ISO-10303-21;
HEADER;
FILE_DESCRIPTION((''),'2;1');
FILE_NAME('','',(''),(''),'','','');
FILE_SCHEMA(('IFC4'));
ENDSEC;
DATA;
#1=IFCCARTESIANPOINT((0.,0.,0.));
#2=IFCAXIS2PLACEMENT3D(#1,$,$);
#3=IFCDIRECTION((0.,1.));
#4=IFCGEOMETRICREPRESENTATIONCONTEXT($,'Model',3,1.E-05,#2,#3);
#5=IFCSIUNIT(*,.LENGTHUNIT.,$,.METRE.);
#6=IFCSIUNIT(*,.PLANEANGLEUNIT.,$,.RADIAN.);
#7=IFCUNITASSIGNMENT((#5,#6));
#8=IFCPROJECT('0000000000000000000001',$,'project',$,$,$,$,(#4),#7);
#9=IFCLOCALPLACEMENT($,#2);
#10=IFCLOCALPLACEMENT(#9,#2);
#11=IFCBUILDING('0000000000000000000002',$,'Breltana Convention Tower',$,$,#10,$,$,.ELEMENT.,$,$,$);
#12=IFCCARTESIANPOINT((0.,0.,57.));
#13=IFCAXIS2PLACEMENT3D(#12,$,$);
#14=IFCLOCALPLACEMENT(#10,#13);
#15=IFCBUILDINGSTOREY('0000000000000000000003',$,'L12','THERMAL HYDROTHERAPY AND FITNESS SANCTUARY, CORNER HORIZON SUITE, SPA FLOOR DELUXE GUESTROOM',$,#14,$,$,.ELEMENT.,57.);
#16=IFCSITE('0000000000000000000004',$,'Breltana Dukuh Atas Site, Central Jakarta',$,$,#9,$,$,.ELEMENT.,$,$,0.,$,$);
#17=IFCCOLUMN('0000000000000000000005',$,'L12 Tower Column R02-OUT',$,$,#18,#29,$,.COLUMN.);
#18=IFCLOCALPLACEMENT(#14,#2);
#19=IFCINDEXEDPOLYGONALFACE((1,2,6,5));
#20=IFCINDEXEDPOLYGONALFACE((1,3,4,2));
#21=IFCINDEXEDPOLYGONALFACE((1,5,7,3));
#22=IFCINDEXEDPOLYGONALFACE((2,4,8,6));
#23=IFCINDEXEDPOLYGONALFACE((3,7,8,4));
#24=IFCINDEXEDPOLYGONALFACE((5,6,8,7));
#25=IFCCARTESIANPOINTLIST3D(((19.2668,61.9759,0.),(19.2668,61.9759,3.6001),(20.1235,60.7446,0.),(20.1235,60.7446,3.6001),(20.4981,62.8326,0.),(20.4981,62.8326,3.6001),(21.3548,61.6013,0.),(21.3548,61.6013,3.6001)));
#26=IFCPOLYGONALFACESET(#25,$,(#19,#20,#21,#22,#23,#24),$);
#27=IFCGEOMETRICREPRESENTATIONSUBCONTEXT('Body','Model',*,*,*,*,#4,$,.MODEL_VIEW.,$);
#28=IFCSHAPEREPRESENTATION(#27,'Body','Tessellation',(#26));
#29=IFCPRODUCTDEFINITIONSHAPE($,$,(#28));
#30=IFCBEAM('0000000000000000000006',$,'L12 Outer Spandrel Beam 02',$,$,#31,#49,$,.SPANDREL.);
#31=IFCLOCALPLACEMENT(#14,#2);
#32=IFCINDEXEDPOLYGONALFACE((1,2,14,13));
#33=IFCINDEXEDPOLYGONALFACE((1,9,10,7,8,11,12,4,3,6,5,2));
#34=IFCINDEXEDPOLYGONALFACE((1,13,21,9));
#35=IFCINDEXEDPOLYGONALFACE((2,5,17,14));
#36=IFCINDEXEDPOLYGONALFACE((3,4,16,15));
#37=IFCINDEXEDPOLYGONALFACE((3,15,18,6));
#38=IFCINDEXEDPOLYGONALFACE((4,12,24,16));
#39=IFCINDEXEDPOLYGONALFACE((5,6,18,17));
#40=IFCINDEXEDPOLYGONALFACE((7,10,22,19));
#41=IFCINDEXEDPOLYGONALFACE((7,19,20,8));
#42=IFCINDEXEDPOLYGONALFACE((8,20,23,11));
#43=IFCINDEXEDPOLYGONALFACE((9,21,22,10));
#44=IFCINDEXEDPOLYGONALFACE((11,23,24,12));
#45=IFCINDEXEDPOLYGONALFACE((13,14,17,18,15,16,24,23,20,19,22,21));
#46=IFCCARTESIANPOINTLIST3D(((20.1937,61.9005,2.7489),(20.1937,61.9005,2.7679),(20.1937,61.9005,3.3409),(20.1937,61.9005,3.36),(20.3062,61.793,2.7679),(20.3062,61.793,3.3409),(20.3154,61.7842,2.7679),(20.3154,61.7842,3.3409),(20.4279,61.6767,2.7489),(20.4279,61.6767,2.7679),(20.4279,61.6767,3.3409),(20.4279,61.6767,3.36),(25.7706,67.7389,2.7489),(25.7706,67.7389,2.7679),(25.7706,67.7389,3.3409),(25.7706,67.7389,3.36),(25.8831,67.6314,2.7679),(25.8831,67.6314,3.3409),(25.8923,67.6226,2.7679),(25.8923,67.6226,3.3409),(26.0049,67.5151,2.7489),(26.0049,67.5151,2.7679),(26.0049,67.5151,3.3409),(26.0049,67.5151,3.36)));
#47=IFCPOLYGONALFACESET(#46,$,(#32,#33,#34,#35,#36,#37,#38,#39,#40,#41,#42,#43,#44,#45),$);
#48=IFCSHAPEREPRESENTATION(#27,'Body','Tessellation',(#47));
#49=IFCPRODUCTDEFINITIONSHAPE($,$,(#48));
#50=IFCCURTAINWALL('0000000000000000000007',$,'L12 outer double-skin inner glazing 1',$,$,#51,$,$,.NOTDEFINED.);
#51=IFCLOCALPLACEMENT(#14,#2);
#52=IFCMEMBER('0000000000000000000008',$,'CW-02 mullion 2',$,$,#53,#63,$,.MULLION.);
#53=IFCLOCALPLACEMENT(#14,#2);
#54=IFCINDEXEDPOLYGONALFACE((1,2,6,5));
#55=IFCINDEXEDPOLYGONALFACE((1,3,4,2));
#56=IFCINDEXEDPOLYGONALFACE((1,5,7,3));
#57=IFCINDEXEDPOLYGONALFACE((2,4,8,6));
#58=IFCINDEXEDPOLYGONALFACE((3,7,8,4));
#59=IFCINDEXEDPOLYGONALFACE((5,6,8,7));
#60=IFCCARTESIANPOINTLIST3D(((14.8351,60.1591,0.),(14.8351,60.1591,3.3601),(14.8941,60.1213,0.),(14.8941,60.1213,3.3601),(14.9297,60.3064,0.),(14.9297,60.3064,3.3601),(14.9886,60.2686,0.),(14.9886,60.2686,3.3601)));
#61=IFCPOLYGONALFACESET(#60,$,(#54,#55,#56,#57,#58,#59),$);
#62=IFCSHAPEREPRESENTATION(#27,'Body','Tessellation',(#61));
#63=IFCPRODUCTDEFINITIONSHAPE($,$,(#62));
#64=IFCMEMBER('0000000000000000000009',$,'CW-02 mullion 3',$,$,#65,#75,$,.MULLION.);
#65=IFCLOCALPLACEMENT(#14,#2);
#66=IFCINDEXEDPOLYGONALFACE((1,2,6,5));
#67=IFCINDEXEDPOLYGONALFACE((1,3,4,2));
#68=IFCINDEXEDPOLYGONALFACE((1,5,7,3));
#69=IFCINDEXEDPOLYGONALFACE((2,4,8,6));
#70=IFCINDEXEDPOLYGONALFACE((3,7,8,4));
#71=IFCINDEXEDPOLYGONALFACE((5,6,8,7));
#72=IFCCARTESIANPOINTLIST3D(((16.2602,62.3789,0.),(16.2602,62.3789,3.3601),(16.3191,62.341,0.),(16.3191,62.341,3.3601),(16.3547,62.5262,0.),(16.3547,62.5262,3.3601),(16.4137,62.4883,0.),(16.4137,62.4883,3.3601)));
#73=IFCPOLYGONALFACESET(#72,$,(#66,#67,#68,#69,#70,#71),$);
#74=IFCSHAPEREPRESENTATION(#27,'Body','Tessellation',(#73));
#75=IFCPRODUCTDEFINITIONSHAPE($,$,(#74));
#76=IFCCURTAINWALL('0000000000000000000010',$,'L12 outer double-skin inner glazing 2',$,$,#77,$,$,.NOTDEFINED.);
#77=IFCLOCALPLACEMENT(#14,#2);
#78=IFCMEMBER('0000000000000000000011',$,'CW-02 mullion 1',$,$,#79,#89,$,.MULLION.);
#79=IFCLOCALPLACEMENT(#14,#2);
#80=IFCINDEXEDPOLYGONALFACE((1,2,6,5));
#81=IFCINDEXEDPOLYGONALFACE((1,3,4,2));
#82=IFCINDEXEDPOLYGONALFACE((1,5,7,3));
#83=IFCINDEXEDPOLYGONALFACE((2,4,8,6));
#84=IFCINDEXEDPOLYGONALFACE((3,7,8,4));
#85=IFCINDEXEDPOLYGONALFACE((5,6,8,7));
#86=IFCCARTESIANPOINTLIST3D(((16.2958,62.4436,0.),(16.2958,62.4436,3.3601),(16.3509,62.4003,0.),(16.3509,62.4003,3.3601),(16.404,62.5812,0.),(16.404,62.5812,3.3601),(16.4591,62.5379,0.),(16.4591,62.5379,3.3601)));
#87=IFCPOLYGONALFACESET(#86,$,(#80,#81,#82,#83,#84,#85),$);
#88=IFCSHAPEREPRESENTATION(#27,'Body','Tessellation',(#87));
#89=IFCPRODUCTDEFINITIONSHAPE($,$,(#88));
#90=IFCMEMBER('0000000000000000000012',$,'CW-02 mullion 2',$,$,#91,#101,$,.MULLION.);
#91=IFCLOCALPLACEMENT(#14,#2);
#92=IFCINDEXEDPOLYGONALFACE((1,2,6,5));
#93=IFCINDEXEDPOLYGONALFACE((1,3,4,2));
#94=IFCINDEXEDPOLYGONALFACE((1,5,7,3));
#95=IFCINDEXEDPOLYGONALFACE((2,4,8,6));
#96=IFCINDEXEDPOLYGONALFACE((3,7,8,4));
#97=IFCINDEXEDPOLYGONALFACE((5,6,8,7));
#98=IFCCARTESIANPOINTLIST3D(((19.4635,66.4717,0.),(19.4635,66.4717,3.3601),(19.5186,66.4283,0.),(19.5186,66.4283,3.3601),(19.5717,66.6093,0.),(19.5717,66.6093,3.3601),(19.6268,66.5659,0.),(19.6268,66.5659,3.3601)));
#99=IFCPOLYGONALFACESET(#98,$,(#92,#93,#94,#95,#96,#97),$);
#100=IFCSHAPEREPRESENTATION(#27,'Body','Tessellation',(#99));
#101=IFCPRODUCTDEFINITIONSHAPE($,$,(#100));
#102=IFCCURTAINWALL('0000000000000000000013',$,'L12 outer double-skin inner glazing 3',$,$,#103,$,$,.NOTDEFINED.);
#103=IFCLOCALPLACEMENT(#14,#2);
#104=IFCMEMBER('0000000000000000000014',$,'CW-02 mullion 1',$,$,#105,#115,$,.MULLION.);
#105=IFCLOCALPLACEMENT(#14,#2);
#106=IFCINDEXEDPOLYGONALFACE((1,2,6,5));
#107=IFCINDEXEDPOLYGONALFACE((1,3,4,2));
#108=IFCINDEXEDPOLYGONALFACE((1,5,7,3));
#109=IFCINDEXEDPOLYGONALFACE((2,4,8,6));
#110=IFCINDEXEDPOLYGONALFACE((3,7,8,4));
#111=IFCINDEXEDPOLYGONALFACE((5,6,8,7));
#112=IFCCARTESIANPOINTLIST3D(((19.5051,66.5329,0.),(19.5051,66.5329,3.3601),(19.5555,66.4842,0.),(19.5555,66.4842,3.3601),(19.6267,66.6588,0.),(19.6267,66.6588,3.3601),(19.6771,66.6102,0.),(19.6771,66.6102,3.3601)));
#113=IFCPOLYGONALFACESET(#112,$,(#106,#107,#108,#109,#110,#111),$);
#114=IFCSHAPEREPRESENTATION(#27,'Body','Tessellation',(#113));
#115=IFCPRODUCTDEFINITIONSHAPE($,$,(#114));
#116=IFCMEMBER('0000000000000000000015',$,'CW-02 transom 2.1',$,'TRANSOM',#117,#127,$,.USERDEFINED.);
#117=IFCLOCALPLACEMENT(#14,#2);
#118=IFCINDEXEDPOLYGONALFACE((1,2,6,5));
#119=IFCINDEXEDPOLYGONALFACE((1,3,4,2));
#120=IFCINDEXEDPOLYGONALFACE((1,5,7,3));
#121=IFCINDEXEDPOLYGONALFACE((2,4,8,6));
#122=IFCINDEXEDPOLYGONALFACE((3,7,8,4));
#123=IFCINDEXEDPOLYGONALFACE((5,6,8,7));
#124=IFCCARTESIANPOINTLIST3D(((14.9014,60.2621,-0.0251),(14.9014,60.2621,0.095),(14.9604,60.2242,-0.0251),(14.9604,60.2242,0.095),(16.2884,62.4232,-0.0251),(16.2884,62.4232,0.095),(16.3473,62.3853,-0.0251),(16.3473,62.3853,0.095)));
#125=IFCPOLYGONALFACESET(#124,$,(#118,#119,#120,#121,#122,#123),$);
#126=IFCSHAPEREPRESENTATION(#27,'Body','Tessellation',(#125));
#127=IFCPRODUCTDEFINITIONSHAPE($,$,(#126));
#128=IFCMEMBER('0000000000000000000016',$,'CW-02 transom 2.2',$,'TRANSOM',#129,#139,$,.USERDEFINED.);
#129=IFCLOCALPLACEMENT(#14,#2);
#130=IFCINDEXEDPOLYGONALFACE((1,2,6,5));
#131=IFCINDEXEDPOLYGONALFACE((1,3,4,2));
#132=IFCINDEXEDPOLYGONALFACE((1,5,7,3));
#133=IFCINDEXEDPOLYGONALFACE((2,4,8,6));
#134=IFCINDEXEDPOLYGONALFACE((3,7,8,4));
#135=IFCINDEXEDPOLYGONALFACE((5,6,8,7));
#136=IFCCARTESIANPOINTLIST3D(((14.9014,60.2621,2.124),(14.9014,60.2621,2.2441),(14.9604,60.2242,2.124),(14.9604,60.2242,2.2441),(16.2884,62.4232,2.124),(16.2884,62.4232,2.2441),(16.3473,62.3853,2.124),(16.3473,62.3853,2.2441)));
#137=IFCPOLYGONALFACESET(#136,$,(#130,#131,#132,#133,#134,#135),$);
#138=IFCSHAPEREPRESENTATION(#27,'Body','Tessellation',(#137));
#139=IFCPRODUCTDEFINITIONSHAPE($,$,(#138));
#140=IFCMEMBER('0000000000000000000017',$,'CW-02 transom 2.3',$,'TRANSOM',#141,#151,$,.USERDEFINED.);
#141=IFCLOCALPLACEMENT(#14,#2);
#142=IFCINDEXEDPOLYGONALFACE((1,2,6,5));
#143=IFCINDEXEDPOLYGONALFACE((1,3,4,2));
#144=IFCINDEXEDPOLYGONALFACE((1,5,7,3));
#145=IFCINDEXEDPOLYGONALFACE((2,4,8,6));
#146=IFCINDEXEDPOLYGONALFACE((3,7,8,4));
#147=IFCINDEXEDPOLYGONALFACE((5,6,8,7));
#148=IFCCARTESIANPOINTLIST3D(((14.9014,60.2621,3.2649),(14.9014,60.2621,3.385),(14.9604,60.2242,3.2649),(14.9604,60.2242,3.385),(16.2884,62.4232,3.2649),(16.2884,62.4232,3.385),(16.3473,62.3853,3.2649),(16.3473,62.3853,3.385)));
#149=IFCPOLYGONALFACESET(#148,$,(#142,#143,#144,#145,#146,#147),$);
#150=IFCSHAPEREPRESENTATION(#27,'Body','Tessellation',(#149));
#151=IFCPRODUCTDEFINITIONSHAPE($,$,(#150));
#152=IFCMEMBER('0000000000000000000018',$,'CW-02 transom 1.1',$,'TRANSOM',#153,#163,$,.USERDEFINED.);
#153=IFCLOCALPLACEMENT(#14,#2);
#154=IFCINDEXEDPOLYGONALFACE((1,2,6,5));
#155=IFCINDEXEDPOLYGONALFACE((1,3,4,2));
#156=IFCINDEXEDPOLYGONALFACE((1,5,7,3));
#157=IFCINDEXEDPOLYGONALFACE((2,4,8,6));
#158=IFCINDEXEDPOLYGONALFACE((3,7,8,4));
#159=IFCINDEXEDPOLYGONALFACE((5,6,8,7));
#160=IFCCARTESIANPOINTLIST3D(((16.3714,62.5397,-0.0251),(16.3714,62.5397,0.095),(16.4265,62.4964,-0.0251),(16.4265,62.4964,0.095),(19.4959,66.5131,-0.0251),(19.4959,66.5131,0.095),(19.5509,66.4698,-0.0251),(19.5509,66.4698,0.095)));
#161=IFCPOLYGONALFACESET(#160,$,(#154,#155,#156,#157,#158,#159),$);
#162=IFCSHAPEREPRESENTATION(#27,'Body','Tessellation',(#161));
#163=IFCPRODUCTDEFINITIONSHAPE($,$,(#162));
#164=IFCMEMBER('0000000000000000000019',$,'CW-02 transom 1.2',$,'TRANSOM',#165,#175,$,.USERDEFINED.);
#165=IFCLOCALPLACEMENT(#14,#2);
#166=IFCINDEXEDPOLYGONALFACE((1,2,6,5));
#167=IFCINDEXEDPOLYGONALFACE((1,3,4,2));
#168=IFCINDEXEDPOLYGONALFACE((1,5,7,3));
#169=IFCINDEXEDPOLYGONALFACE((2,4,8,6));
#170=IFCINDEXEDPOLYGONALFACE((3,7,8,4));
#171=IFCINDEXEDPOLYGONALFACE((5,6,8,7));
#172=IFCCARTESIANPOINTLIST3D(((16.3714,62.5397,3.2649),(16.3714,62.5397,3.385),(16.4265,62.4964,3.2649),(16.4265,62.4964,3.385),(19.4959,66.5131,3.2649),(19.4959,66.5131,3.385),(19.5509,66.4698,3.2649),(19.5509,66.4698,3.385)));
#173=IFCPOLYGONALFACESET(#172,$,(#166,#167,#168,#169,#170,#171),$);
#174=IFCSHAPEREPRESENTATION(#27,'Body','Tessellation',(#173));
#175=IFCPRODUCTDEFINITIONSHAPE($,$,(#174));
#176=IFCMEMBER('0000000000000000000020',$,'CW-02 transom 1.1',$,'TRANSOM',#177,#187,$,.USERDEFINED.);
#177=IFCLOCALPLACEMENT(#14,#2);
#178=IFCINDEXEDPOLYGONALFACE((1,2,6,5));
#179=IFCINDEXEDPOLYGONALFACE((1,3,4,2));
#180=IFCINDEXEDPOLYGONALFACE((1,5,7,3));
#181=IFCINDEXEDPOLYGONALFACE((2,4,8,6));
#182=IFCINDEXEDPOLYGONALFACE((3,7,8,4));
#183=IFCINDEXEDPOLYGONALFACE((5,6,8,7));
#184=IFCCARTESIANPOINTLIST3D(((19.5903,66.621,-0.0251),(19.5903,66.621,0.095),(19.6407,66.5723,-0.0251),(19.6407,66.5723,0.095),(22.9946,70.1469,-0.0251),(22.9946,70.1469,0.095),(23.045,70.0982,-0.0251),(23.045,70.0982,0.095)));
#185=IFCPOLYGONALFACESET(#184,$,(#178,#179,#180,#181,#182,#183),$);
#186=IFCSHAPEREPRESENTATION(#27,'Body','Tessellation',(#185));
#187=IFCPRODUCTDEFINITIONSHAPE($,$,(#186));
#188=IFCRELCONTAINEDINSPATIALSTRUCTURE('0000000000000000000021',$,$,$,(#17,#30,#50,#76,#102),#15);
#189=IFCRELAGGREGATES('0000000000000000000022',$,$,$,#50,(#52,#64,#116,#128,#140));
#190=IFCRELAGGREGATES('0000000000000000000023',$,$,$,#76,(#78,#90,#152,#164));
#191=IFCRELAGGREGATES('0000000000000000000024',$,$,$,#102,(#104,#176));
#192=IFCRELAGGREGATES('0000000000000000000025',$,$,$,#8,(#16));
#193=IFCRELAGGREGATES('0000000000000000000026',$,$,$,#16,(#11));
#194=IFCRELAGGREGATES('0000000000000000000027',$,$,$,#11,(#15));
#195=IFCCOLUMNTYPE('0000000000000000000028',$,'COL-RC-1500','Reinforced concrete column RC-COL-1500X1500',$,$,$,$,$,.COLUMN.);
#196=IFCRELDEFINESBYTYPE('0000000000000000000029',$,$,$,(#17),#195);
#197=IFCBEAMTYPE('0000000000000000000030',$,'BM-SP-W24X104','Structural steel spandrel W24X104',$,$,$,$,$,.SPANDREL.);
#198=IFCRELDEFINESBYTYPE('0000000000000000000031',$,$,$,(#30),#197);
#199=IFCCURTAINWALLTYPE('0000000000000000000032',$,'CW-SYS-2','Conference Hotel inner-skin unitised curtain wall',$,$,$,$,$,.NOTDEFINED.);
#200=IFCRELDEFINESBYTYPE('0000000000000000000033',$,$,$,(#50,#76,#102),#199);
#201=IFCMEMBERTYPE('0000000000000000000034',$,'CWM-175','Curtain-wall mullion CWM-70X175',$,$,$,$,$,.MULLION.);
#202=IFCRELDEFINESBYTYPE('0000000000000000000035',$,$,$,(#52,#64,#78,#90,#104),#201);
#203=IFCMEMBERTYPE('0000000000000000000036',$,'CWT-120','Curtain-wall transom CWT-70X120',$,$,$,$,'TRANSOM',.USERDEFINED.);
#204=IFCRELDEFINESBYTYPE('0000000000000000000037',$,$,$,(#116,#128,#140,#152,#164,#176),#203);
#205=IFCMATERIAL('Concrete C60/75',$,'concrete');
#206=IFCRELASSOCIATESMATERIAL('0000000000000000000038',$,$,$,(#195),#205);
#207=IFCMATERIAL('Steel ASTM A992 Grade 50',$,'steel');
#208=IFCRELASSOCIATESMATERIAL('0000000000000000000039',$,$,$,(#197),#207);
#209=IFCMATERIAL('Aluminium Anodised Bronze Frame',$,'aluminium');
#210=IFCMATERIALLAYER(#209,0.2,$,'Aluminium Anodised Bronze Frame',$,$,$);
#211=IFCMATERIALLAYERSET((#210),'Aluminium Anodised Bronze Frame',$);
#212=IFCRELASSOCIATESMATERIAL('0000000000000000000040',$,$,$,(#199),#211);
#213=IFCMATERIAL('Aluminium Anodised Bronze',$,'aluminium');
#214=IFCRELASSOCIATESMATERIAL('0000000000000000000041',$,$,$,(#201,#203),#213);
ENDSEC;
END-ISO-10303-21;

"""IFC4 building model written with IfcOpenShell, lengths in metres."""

from ifc_helpers import new_model, si_unit, direction, frame, origin, origin_2d, place, context, subcontext, project, spatial, rectangle, i_section, extrude, source, transform, mapped, material, layer, layer_set, material_profile, profile_set, type_object, type_shapes, element, aggregate, save


model = new_model("IFC4")

# Units and contexts
model_context = context("Model", 3, precision=1e-05, world=origin(), true_north=direction((0.0, 1.0)))
body_context = subcontext(model_context, "Body", "Model", "MODEL_VIEW")
ifc_project = project(units=[si_unit("LENGTHUNIT", "METRE"), si_unit("PLANEANGLEUNIT", "RADIAN")], contexts=[model_context])

# Site, building, storey
site_placement = place(None, origin())
site = spatial("IfcSite", under=ifc_project, at=site_placement, Name="Breltana Dukuh Atas Site, Central Jakarta", CompositionType="ELEMENT", RefElevation=0.0)
building_placement = place(site_placement, origin())
building = spatial("IfcBuilding", under=site, at=building_placement, Name="Breltana Convention Tower", CompositionType="ELEMENT")
storey_placement = place(building_placement, frame((0.0, 0.0, 57.0)))
storey = spatial("IfcBuildingStorey", under=building, at=storey_placement, Name="L12", Description="THERMAL HYDROTHERAPY AND FITNESS SANCTUARY, CORNER HORIZON SUITE, SPA FLOOR DELUXE GUESTROOM", CompositionType="ELEMENT", Elevation=57.0)

# Column
ifc_material_1 = material(Name="Concrete C60/75", Category="concrete")
ifc_material_profile_1 = material_profile(ifc_material_1, rectangle(XDim=1.5, YDim=1.5, at=origin_2d()), Name="RC-COL-1500X1500")
ifc_profile_set_1 = profile_set([ifc_material_profile_1], Name="Concrete C60/75")
column_type = type_object("IfcColumnType", Name="COL-RC-1500", Description="Reinforced concrete column RC-COL-1500X1500", PredefinedType="COLUMN", material=ifc_profile_set_1)
shared_shape_1 = source(origin(), body_context, "Body", "SweptSolid", [
    extrude(rectangle(XDim=1.5, YDim=1.5, at=origin_2d()), origin(), (0.0, 0.0, 1.0), 3.6001),
])
column_placement = place(storey_placement, frame((20.3108, 61.7886, 0.0), z_axis=(0.0, 0.0, 1.0), x_axis=(-0.571143, 0.82085, 0.0)))
element("IfcColumn", 1, at=column_placement, inside=storey, type_object=column_type, Name="L12 Tower Column R02-OUT", PredefinedType="COLUMN", context=body_context, shape_type="MappedRepresentation", body=[
    mapped(shared_shape_1, transform((0.0, 0.0, 0.0), scale=1.0)),
])

# Beam
ifc_material_2 = material(Name="Steel ASTM A992 Grade 50", Category="steel")
ifc_material_profile_2 = material_profile(ifc_material_2, i_section(OverallWidth=0.324, OverallDepth=0.6111, WebThickness=0.0127, FlangeThickness=0.019, at=origin_2d()), Name="W24X104")
ifc_profile_set_2 = profile_set([ifc_material_profile_2], Name="Steel ASTM A992 Grade 50")
beam_type = type_object("IfcBeamType", Name="BM-SP-W24X104", Description="Structural steel spandrel W24X104", PredefinedType="SPANDREL", material=ifc_profile_set_2)
shared_shape_2 = source(origin(), body_context, "Body", "SweptSolid", [
    extrude(i_section(OverallWidth=0.324, OverallDepth=0.6111, WebThickness=0.0127, FlangeThickness=0.019, at=origin_2d()), origin(), (0.0, 0.0, 1.0), 8.074),
])
beam_placement = place(storey_placement, frame((20.3108, 61.7886, 3.0544), z_axis=(0.690729, 0.723114, 0.0), x_axis=(-0.723114, 0.690729, 0.0)))
element("IfcBeam", 2, at=beam_placement, inside=storey, type_object=beam_type, Name="L12 Outer Spandrel Beam 02", PredefinedType="SPANDREL", context=body_context, shape_type="MappedRepresentation", body=[
    mapped(shared_shape_2, transform((0.0, 0.0, 0.0), scale=1.0)),
])

# Curtain walls, members
ifc_material_3 = material(Name="Aluminium Anodised Bronze Frame", Category="aluminium")
ifc_layer_1 = layer(ifc_material_3, 0.2, Name="Aluminium Anodised Bronze Frame")
ifc_layer_set_1 = layer_set([ifc_layer_1], Name="Aluminium Anodised Bronze Frame")
curtain_wall_type = type_object("IfcCurtainWallType", Name="CW-SYS-2", Description="Conference Hotel inner-skin unitised curtain wall", PredefinedType="NOTDEFINED", material=ifc_layer_set_1)
curtain_wall_1_placement = place(storey_placement, origin())
curtain_wall_1 = element("IfcCurtainWall", 3, at=curtain_wall_1_placement, inside=storey, type_object=curtain_wall_type, Name="L12 outer double-skin inner glazing 1", PredefinedType="NOTDEFINED")
ifc_material_4 = material(Name="Aluminium Anodised Bronze", Category="aluminium")
ifc_material_profile_3 = material_profile(ifc_material_4, rectangle(XDim=0.0701, YDim=0.175, at=origin_2d()), Name="CWM-70X175")
ifc_profile_set_3 = profile_set([ifc_material_profile_3], Name="Aluminium Anodised Bronze")
member_type_1 = type_object("IfcMemberType", Name="CWM-175", Description="Curtain-wall mullion CWM-70X175", PredefinedType="MULLION", material=ifc_profile_set_3)
shared_shape_3 = source(origin(), body_context, "Body", "SweptSolid", [
    extrude(rectangle(XDim=0.0701, YDim=0.175, at=origin_2d()), origin(), (0.0, 0.0, 1.0), 3.3601),
])
type_shapes(member_type_1, [shared_shape_3])
member_1_placement = place(storey_placement, frame((14.9119, 60.2139, 0.0), z_axis=(0.0, 0.0, 1.0), x_axis=(-0.841549, 0.540181, 0.0)))
member_1 = element("IfcMember", 4, at=member_1_placement, type_object=member_type_1, Name="CW-02 mullion 2", PredefinedType="MULLION", context=body_context, shape_type="MappedRepresentation", body=[
    mapped(shared_shape_3, transform((0.0, 0.0, 0.0), scale=1.0)),
])
member_2_placement = place(storey_placement, frame((16.3369, 62.4336, 0.0), z_axis=(0.0, 0.0, 1.0), x_axis=(-0.841549, 0.540181, 0.0)))
member_2 = element("IfcMember", 5, at=member_2_placement, type_object=member_type_1, Name="CW-02 mullion 3", PredefinedType="MULLION", context=body_context, shape_type="MappedRepresentation", body=[
    mapped(shared_shape_3, transform((0.0, 0.0, 0.0), scale=1.0)),
])
curtain_wall_2_placement = place(storey_placement, origin())
curtain_wall_2 = element("IfcCurtainWall", 6, at=curtain_wall_2_placement, inside=storey, type_object=curtain_wall_type, Name="L12 outer double-skin inner glazing 2", PredefinedType="NOTDEFINED")
member_3_placement = place(storey_placement, frame((16.3774, 62.4907, 0.0), z_axis=(0.0, 0.0, 1.0), x_axis=(-0.786057, 0.618154, 0.0)))
member_3 = element("IfcMember", 7, at=member_3_placement, type_object=member_type_1, Name="CW-02 mullion 1", PredefinedType="MULLION", context=body_context, shape_type="MappedRepresentation", body=[
    mapped(shared_shape_3, transform((0.0, 0.0, 0.0), scale=1.0)),
])
member_4_placement = place(storey_placement, frame((19.5452, 66.5188, 0.0), z_axis=(0.0, 0.0, 1.0), x_axis=(-0.786057, 0.618154, 0.0)))
member_4 = element("IfcMember", 8, at=member_4_placement, type_object=member_type_1, Name="CW-02 mullion 2", PredefinedType="MULLION", context=body_context, shape_type="MappedRepresentation", body=[
    mapped(shared_shape_3, transform((0.0, 0.0, 0.0), scale=1.0)),
])

# Curtain wall, member
curtain_wall_3_placement = place(storey_placement, origin())
curtain_wall_3 = element("IfcCurtainWall", 9, at=curtain_wall_3_placement, inside=storey, type_object=curtain_wall_type, Name="L12 outer double-skin inner glazing 3", PredefinedType="NOTDEFINED")
member_5_placement = place(storey_placement, frame((19.5911, 66.5715, 0.0), z_axis=(0.0, 0.0, 1.0), x_axis=(-0.719386, 0.69461, 0.0)))
member_5 = element("IfcMember", 10, at=member_5_placement, type_object=member_type_1, Name="CW-02 mullion 1", PredefinedType="MULLION", context=body_context, shape_type="MappedRepresentation", body=[
    mapped(shared_shape_3, transform((0.0, 0.0, 0.0), scale=1.0)),
])

# Members
ifc_material_profile_4 = material_profile(ifc_material_4, rectangle(XDim=0.0701, YDim=0.1201, at=origin_2d()), Name="CWT-70X120")
ifc_profile_set_4 = profile_set([ifc_material_profile_4], Name="Aluminium Anodised Bronze")
member_type_2 = type_object("IfcMemberType", Name="CWT-120", Description="Curtain-wall transom CWT-70X120", ElementType="TRANSOM", PredefinedType="USERDEFINED", material=ifc_profile_set_4)
shared_shape_4 = source(origin(), body_context, "Body", "SweptSolid", [
    extrude(rectangle(XDim=0.0701, YDim=0.1201, at=origin_2d()), origin(), (0.0, 0.0, 1.0), 2.5679),
])
type_shapes(member_type_2, [shared_shape_4])
member_6_placement = place(storey_placement, frame((14.9309, 60.2432, 0.0349), z_axis=(0.540114, 0.841592, 0.0), x_axis=(-0.841592, 0.540114, 0.0)))
member_6 = element("IfcMember", 11, at=member_6_placement, type_object=member_type_2, Name="CW-02 transom 2.1", ObjectType="TRANSOM", PredefinedType="USERDEFINED", context=body_context, shape_type="MappedRepresentation", body=[
    mapped(shared_shape_4, transform((0.0, 0.0, 0.0), scale=1.0)),
])
member_7_placement = place(storey_placement, frame((14.9309, 60.2432, 2.1841), z_axis=(0.540114, 0.841592, 0.0), x_axis=(-0.841592, 0.540114, 0.0)))
member_7 = element("IfcMember", 12, at=member_7_placement, type_object=member_type_2, Name="CW-02 transom 2.2", ObjectType="TRANSOM", PredefinedType="USERDEFINED", context=body_context, shape_type="MappedRepresentation", body=[
    mapped(shared_shape_4, transform((0.0, 0.0, 0.0), scale=1.0)),
])
member_8_placement = place(storey_placement, frame((14.9309, 60.2432, 3.325), z_axis=(0.540114, 0.841592, 0.0), x_axis=(-0.841592, 0.540114, 0.0)))
member_8 = element("IfcMember", 13, at=member_8_placement, type_object=member_type_2, Name="CW-02 transom 2.3", ObjectType="TRANSOM", PredefinedType="USERDEFINED", context=body_context, shape_type="MappedRepresentation", body=[
    mapped(shared_shape_4, transform((0.0, 0.0, 0.0), scale=1.0)),
])
shared_shape_5 = source(origin(), body_context, "Body", "SweptSolid", [
    extrude(rectangle(XDim=0.0701, YDim=0.1201, at=origin_2d()), origin(), (0.0, 0.0, 1.0), 5.0547),
])
member_9_placement = place(storey_placement, frame((16.3989, 62.5181, 0.0349), z_axis=(0.618135, 0.786072, 0.0), x_axis=(-0.786072, 0.618135, 0.0)))
member_9 = element("IfcMember", 14, at=member_9_placement, type_object=member_type_2, Name="CW-02 transom 1.1", ObjectType="TRANSOM", PredefinedType="USERDEFINED", context=body_context, shape_type="MappedRepresentation", body=[
    mapped(shared_shape_5, transform((0.0, 0.0, 0.0), scale=1.0)),
])
member_10_placement = place(storey_placement, frame((16.3989, 62.5181, 3.325), z_axis=(0.618135, 0.786072, 0.0), x_axis=(-0.786072, 0.618135, 0.0)))
member_10 = element("IfcMember", 15, at=member_10_placement, type_object=member_type_2, Name="CW-02 transom 1.2", ObjectType="TRANSOM", PredefinedType="USERDEFINED", context=body_context, shape_type="MappedRepresentation", body=[
    mapped(shared_shape_5, transform((0.0, 0.0, 0.0), scale=1.0)),
])
shared_shape_6 = source(origin(), body_context, "Body", "SweptSolid", [
    extrude(rectangle(XDim=0.0701, YDim=0.1201, at=origin_2d()), origin(), (0.0, 0.0, 1.0), 4.9011),
])
member_11_placement = place(storey_placement, frame((19.6155, 66.5967, 0.0349), z_axis=(0.694595, 0.719401, 0.0), x_axis=(-0.719401, 0.694595, 0.0)))
member_11 = element("IfcMember", 16, at=member_11_placement, type_object=member_type_2, Name="CW-02 transom 1.1", ObjectType="TRANSOM", PredefinedType="USERDEFINED", context=body_context, shape_type="MappedRepresentation", body=[
    mapped(shared_shape_6, transform((0.0, 0.0, 0.0), scale=1.0)),
])

aggregate(curtain_wall_1, [member_1, member_2, member_6, member_7, member_8])
aggregate(curtain_wall_2, [member_3, member_4, member_9, member_10])
aggregate(curtain_wall_3, [member_5, member_11])

save(model, "model.ifc")
